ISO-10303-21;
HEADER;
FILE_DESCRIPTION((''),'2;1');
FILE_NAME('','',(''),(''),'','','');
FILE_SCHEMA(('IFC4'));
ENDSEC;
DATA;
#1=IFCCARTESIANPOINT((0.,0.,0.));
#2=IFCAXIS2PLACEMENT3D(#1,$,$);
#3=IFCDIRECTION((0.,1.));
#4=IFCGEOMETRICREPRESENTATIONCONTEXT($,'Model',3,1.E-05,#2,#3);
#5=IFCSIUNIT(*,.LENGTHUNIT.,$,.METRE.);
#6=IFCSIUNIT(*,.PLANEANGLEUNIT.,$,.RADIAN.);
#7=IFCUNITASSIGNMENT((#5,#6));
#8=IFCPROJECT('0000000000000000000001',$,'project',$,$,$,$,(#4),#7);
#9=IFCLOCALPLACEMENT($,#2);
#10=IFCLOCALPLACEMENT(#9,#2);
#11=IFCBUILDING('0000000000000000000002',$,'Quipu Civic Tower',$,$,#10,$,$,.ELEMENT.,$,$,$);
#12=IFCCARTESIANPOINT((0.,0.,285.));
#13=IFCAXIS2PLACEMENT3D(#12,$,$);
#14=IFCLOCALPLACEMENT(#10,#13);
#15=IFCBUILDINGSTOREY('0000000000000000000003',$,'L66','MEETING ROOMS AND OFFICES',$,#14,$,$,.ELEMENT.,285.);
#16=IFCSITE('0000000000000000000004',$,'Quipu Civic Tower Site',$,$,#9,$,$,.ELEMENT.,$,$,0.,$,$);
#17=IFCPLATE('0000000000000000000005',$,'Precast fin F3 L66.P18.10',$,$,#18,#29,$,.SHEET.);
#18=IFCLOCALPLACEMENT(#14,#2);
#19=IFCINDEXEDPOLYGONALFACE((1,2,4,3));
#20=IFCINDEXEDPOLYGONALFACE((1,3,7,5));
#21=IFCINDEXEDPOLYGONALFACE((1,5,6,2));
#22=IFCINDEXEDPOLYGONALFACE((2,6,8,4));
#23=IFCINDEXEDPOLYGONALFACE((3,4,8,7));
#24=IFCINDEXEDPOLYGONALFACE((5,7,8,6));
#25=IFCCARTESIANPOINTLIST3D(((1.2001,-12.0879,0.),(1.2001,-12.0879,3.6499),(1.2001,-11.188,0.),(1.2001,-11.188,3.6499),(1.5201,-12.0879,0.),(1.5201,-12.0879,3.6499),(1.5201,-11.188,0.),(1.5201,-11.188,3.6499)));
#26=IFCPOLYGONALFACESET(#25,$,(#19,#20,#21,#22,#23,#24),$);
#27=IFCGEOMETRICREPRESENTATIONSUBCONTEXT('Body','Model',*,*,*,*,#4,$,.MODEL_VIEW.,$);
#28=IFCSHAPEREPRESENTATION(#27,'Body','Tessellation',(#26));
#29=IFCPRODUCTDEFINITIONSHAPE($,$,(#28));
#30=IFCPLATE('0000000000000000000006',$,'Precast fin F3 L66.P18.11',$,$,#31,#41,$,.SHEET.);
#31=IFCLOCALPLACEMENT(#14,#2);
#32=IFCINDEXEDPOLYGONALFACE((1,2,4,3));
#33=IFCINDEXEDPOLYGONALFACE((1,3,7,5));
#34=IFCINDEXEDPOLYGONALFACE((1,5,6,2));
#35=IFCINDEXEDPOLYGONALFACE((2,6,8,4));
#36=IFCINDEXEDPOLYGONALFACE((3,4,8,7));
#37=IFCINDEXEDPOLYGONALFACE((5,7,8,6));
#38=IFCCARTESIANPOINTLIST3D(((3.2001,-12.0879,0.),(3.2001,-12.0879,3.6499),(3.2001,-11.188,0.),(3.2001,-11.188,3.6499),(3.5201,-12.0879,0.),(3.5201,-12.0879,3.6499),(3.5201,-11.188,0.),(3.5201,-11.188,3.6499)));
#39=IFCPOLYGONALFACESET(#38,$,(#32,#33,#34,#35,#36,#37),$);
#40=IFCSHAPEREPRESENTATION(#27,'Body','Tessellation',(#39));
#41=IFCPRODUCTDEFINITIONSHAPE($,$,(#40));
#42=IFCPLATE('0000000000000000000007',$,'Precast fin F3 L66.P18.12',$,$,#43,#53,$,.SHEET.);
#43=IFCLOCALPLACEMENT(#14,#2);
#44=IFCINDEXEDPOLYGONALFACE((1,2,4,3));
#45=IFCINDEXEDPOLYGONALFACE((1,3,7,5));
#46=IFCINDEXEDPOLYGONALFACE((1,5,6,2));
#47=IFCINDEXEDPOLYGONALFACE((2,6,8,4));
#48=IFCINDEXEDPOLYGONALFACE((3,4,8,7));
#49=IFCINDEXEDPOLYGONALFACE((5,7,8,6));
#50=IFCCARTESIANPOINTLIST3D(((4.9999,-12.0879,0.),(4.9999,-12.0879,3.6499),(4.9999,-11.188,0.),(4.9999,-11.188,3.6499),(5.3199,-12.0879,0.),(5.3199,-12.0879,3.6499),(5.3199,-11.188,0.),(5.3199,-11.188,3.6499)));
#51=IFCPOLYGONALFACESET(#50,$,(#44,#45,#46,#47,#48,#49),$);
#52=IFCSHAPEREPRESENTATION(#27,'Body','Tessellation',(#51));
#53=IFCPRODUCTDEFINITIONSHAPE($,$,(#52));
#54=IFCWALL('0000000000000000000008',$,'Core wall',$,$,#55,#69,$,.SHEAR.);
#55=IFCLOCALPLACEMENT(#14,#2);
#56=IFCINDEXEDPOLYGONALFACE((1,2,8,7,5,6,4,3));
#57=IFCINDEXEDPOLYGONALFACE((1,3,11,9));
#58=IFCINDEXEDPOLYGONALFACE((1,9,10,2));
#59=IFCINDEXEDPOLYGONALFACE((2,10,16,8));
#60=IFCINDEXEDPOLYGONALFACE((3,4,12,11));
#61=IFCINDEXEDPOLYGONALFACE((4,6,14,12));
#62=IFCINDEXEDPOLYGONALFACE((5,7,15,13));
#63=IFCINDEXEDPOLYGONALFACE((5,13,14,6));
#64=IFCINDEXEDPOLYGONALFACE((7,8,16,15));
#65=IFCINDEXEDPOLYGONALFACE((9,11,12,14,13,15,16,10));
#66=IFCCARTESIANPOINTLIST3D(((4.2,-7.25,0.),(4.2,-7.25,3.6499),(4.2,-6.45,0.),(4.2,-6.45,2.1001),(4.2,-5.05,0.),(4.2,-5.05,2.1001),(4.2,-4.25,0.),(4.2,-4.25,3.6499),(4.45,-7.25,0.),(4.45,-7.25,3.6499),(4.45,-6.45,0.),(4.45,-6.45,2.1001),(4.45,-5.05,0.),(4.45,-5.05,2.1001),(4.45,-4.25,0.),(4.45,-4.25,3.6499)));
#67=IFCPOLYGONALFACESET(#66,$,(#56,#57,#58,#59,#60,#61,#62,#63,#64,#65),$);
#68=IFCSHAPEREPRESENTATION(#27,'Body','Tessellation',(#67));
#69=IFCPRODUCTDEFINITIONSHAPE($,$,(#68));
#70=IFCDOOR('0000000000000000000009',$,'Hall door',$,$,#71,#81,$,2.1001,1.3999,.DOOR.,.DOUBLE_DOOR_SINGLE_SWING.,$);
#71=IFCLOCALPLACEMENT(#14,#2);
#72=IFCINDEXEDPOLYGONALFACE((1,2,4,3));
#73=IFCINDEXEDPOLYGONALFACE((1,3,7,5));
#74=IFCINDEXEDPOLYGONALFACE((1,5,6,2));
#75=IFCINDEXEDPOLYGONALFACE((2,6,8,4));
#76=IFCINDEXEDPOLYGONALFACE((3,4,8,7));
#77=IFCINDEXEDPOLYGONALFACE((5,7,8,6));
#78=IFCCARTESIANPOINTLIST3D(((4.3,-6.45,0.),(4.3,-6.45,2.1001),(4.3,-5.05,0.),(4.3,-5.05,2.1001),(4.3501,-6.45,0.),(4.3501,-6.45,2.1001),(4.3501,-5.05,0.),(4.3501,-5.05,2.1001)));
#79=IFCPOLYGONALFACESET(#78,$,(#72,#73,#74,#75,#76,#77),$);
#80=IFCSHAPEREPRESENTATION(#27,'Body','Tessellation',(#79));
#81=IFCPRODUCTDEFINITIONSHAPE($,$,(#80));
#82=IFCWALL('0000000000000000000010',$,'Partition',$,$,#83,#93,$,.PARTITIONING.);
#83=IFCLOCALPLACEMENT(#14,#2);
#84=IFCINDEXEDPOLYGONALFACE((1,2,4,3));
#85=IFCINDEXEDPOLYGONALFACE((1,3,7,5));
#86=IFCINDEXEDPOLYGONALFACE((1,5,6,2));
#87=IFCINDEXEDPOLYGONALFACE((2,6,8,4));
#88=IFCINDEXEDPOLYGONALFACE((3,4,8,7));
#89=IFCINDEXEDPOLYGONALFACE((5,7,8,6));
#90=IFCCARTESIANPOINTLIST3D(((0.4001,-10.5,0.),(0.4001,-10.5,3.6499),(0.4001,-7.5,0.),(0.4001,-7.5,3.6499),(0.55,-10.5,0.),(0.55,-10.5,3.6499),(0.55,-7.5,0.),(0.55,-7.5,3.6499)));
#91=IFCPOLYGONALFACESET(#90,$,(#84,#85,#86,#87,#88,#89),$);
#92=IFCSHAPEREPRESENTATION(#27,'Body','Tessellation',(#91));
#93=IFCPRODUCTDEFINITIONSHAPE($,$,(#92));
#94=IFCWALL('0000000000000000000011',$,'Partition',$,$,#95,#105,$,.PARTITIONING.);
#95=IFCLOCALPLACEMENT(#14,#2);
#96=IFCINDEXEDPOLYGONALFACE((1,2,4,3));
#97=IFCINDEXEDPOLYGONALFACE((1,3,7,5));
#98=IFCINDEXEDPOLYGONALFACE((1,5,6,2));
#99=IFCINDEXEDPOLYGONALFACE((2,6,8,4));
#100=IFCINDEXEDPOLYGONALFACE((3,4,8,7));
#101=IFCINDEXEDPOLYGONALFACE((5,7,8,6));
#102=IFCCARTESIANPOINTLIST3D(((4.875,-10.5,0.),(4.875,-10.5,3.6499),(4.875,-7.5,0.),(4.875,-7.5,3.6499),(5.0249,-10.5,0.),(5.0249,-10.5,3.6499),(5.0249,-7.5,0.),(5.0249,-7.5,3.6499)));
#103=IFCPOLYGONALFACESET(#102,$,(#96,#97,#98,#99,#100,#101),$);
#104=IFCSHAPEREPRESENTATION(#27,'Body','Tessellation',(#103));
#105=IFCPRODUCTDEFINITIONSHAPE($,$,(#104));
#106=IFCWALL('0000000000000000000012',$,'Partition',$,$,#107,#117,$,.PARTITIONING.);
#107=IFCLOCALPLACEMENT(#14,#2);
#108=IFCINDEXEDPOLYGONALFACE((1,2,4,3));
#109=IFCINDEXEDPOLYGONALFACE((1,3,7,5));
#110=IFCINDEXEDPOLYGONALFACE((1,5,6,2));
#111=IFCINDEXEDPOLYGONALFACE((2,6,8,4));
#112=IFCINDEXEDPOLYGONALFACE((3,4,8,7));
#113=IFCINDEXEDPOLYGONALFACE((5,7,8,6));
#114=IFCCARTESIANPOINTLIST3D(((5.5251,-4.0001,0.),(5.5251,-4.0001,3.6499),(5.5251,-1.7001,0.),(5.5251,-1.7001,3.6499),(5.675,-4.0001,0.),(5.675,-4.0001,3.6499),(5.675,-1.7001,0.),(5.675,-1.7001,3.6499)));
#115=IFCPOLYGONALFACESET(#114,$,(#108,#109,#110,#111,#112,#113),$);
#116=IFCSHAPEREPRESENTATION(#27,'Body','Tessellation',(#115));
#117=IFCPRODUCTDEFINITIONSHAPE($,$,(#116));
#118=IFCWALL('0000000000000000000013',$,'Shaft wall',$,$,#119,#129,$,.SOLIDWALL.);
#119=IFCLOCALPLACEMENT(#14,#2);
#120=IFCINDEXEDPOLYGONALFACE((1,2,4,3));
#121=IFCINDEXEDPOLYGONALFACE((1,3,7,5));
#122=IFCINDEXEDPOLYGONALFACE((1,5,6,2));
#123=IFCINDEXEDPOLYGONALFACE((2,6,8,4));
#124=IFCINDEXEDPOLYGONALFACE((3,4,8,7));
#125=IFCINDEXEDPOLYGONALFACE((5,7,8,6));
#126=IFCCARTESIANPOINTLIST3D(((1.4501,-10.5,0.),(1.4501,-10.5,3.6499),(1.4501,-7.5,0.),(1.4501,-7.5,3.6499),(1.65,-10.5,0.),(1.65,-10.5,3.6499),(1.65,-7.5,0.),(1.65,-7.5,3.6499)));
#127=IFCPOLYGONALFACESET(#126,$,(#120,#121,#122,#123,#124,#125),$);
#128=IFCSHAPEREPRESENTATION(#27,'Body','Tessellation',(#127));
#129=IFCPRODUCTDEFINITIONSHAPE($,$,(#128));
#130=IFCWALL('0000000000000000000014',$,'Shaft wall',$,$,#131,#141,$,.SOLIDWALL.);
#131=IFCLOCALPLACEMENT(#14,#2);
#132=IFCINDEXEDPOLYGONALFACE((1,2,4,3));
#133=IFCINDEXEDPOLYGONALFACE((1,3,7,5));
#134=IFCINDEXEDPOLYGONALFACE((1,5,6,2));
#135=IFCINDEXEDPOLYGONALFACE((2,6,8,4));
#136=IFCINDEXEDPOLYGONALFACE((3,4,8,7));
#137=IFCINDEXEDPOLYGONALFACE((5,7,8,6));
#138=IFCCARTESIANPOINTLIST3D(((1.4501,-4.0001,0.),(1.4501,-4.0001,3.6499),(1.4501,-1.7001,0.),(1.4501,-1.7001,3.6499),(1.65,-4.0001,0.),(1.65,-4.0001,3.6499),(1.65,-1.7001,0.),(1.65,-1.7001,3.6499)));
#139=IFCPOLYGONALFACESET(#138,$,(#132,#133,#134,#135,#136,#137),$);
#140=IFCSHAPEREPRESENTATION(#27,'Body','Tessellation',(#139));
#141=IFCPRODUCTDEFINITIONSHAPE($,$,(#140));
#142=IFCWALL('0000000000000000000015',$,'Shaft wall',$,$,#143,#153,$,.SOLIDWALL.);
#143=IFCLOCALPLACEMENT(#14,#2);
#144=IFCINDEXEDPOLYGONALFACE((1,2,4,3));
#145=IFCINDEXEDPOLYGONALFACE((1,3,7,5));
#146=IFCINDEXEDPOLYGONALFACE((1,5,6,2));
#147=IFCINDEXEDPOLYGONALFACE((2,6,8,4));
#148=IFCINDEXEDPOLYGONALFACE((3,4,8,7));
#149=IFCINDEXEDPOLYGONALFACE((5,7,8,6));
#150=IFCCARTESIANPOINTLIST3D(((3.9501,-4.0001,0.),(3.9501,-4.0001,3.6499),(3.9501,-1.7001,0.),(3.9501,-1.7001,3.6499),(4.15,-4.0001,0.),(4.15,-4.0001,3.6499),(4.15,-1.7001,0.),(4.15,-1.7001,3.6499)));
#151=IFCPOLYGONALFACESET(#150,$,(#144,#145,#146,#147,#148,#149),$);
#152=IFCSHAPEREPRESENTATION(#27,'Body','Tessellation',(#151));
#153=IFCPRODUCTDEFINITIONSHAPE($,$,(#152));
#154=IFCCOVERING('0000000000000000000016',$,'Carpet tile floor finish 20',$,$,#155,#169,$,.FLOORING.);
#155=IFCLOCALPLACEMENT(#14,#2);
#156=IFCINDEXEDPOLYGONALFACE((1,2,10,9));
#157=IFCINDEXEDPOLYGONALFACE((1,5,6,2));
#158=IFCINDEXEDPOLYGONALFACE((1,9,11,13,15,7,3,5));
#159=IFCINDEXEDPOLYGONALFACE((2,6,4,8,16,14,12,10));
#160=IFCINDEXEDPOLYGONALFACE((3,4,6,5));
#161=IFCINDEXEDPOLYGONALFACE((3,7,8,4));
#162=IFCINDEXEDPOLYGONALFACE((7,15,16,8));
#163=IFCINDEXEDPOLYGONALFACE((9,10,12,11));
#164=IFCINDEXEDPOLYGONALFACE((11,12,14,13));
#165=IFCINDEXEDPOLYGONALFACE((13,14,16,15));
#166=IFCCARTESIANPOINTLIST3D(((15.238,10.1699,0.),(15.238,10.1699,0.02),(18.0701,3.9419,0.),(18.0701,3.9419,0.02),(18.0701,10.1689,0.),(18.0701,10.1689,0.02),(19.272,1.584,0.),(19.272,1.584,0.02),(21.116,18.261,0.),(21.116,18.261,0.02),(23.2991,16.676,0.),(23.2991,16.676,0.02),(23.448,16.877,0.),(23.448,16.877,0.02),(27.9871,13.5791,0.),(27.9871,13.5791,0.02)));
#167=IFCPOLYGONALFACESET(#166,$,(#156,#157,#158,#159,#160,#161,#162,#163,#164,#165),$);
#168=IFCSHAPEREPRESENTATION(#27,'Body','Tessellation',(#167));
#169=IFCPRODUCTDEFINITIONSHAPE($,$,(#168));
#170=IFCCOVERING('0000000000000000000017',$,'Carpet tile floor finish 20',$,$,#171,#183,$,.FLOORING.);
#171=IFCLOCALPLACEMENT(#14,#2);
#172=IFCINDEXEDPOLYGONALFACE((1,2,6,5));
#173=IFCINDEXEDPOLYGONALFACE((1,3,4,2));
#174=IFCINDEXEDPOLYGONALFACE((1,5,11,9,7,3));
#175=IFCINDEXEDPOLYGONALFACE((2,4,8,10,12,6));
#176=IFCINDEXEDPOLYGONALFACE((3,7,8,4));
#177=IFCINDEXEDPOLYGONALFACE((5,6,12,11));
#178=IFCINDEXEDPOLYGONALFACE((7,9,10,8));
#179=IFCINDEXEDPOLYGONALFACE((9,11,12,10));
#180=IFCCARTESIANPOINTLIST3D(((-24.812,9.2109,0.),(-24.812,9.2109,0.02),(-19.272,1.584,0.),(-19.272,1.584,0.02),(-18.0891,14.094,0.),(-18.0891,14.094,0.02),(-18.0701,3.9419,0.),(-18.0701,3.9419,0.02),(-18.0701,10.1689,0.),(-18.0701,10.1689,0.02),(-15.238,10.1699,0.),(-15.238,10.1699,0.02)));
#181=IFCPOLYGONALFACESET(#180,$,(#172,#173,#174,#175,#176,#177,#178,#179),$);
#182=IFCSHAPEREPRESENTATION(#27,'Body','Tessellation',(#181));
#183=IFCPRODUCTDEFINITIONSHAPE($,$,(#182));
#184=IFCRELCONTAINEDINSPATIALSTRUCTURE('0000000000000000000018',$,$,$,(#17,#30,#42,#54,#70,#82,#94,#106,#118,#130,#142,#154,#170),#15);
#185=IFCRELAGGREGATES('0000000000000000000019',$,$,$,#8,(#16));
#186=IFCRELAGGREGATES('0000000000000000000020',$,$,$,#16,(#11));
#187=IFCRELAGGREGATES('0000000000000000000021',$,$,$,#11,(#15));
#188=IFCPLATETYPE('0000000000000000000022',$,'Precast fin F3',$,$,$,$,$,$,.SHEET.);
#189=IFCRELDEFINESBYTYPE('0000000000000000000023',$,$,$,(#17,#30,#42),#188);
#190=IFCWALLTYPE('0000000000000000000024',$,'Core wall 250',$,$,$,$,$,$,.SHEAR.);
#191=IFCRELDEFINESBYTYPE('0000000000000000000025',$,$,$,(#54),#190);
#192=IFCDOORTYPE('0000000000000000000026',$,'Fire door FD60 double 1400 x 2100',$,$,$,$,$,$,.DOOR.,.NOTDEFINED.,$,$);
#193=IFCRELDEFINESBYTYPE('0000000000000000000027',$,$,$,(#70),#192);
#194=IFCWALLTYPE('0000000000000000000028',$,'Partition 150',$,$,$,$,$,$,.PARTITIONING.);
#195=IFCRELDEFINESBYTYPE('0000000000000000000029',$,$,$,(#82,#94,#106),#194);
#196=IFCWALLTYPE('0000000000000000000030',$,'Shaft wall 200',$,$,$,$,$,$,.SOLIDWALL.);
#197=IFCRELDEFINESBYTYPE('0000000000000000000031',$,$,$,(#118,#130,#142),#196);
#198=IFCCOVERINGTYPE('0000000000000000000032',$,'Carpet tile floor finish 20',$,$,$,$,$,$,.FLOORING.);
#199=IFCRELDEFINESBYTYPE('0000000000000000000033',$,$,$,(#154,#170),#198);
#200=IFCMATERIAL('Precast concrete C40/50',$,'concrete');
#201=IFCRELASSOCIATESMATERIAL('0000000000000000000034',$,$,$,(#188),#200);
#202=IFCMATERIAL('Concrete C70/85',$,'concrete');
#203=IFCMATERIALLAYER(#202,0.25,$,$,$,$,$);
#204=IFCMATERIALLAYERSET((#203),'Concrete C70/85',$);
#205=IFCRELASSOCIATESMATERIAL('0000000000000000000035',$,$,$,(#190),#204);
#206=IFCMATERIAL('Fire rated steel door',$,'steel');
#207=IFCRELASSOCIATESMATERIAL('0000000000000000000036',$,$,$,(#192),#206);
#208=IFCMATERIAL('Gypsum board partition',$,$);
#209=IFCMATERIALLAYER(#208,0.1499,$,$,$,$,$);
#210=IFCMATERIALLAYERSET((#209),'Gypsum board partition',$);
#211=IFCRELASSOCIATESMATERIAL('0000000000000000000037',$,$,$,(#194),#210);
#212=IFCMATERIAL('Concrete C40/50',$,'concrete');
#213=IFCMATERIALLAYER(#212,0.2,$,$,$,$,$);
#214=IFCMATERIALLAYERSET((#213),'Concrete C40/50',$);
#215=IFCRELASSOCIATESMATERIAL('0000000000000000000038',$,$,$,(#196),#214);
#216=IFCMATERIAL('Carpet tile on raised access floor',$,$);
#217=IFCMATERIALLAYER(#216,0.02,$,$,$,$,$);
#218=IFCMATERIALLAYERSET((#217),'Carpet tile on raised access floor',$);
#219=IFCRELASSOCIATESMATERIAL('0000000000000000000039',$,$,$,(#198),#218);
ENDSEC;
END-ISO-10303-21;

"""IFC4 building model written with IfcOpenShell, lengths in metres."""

from ifc_helpers import new_model, si_unit, direction, frame, frame_2d, origin, origin_2d, place, context, subcontext, project, spatial, polyline, rectangle, outline, extrude, material, layer, layer_set, type_object, element, fill, save


model = new_model("IFC4")

# Units and contexts
model_context = context("Model", 3, precision=1e-05, world=origin(), true_north=direction((0.0, 1.0)))
body_context = subcontext(model_context, "Body", "Model", "MODEL_VIEW")
ifc_project = project(units=[si_unit("LENGTHUNIT", "METRE"), si_unit("PLANEANGLEUNIT", "RADIAN")], contexts=[model_context])

# Site, building, storey
site_placement = place(None, origin())
site = spatial("IfcSite", under=ifc_project, at=site_placement, Name="Quipu Civic Tower Site", CompositionType="ELEMENT", RefElevation=0.0)
building_placement = place(site_placement, origin())
building = spatial("IfcBuilding", under=site, at=building_placement, Name="Quipu Civic Tower", CompositionType="ELEMENT")
storey_placement = place(building_placement, frame((0.0, 0.0, 285.0)))
storey = spatial("IfcBuildingStorey", under=building, at=storey_placement, Name="L66", Description="MEETING ROOMS AND OFFICES", CompositionType="ELEMENT", Elevation=285.0)

# Plates
ifc_material_1 = material(Name="Precast concrete C40/50", Category="concrete")
plate_type = type_object("IfcPlateType", Name="Precast fin F3", PredefinedType="SHEET", material=ifc_material_1)
for number, where, z_axis, x_axis, name in (
    (1, (1.3601, -11.6379, 0.0), (0.0, 0.0, 1.0), (1.0, 0.0, 0.0), "Precast fin F3 L66.P18.10"),
    (2, (3.3601, -11.6379, 0.0), (0.0, 0.0, 1.0), (1.0, 0.0, 0.0), "Precast fin F3 L66.P18.11"),
    (3, (5.1599, -11.6379, 0.0), (0.0, 0.0, 1.0), (1.0, 0.0, 0.0), "Precast fin F3 L66.P18.12"),
):
    element("IfcPlate", number, at=place(storey_placement, frame(where, z_axis=z_axis, x_axis=x_axis)), inside=storey, type_object=plate_type, Name=name, PredefinedType="SHEET", context=body_context, shape_type="SweptSolid", body=[
        extrude(rectangle(XDim=0.3201, YDim=0.8999, at=origin_2d()), origin(), (0.0, 0.0, 1.0), 3.6499),
    ])

# Wall, opening, door
ifc_material_2 = material(Name="Concrete C70/85", Category="concrete")
ifc_layer_1 = layer(ifc_material_2, 0.25)
ifc_layer_set_1 = layer_set([ifc_layer_1], Name="Concrete C70/85")
wall_type_1 = type_object("IfcWallType", Name="Core wall 250", PredefinedType="SHEAR", material=ifc_layer_set_1)
wall_1_placement = place(storey_placement, frame((4.325, -7.25, 0.0), z_axis=(0.0, 0.0, 1.0), x_axis=(0.0, 1.0, 0.0)))
wall_1 = element("IfcWall", 4, at=wall_1_placement, inside=storey, type_object=wall_type_1, Name="Core wall", PredefinedType="SHEAR", context=body_context, shape_type="SweptSolid", body=[
    extrude(rectangle(XDim=3.0, YDim=0.25, at=frame_2d((1.5, 0.0))), origin(), (0.0, 0.0, 1.0), 3.6499),
])
opening_placement = place(wall_1_placement, frame((0.8, 0.0, 0.0)))
opening = element("IfcOpeningElement", 5, at=opening_placement, cuts=wall_1, PredefinedType="OPENING", context=body_context, shape_type="SweptSolid", body=[
    extrude(rectangle(XDim=1.3999, YDim=2.1001, at=frame_2d((0.7, 1.05))), frame((0.0, 0.135, 0.0), z_axis=(0.0, -1.0, 0.0), x_axis=(1.0, 0.0, 0.0)), (0.0, 0.0, 1.0), 0.27),
])
ifc_material_3 = material(Name="Fire rated steel door", Category="steel")
door_type = type_object("IfcDoorType", Name="Fire door FD60 double 1400 x 2100", OperationType="NOTDEFINED", PredefinedType="DOOR", material=ifc_material_3)
door_placement = place(opening_placement, origin())
door = element("IfcDoor", 6, at=door_placement, inside=storey, type_object=door_type, Name="Hall door", OperationType="DOUBLE_DOOR_SINGLE_SWING", OverallHeight=2.1001, OverallWidth=1.3999, PredefinedType="DOOR", context=body_context, shape_type="SweptSolid", body=[
    extrude(rectangle(XDim=1.3999, YDim=2.1001, at=frame_2d((0.7, 1.05))), frame((0.0, 0.0249, 0.0), z_axis=(0.0, -1.0, 0.0), x_axis=(1.0, 0.0, 0.0)), (0.0, 0.0, 1.0), 0.05),
])
fill(opening, door)

# Walls
ifc_material_4 = material(Name="Gypsum board partition")
ifc_layer_2 = layer(ifc_material_4, 0.1499)
ifc_layer_set_2 = layer_set([ifc_layer_2], Name="Gypsum board partition")
wall_type_2 = type_object("IfcWallType", Name="Partition 150", PredefinedType="PARTITIONING", material=ifc_layer_set_2)
for number, where, z_axis, x_axis, name in (
    (7, (0.4751, -10.5, 0.0), (0.0, 0.0, 1.0), (0.0, 1.0, 0.0), "Partition"),
    (8, (4.95, -10.5, 0.0), (0.0, 0.0, 1.0), (0.0, 1.0, 0.0), "Partition"),
):
    element("IfcWall", number, at=place(storey_placement, frame(where, z_axis=z_axis, x_axis=x_axis)), inside=storey, type_object=wall_type_2, Name=name, PredefinedType="PARTITIONING", context=body_context, shape_type="SweptSolid", body=[
        extrude(rectangle(XDim=3.0, YDim=0.1499, at=frame_2d((1.5, 0.0))), origin(), (0.0, 0.0, 1.0), 3.6499),
    ])
wall_2_placement = place(storey_placement, frame((5.6001, -4.0, 0.0), z_axis=(0.0, 0.0, 1.0), x_axis=(0.0, 1.0, 0.0)))
element("IfcWall", 9, at=wall_2_placement, inside=storey, type_object=wall_type_2, Name="Partition", PredefinedType="PARTITIONING", context=body_context, shape_type="SweptSolid", body=[
    extrude(rectangle(XDim=2.3, YDim=0.1499, at=frame_2d((1.1499, 0.0))), origin(), (0.0, 0.0, 1.0), 3.6499),
])
ifc_material_5 = material(Name="Concrete C40/50", Category="concrete")
ifc_layer_3 = layer(ifc_material_5, 0.2)
ifc_layer_set_3 = layer_set([ifc_layer_3], Name="Concrete C40/50")
wall_type_3 = type_object("IfcWallType", Name="Shaft wall 200", PredefinedType="SOLIDWALL", material=ifc_layer_set_3)
wall_3_placement = place(storey_placement, frame((1.55, -10.5, 0.0), z_axis=(0.0, 0.0, 1.0), x_axis=(0.0, 1.0, 0.0)))
element("IfcWall", 10, at=wall_3_placement, inside=storey, type_object=wall_type_3, Name="Shaft wall", PredefinedType="SOLIDWALL", context=body_context, shape_type="SweptSolid", body=[
    extrude(rectangle(XDim=3.0, YDim=0.2, at=frame_2d((1.5, 0.0))), origin(), (0.0, 0.0, 1.0), 3.6499),
])
for number, where, z_axis, x_axis, name in (
    (11, (1.55, -4.0, 0.0), (0.0, 0.0, 1.0), (0.0, 1.0, 0.0), "Shaft wall"),
    (12, (4.05, -4.0, 0.0), (0.0, 0.0, 1.0), (0.0, 1.0, 0.0), "Shaft wall"),
):
    element("IfcWall", number, at=place(storey_placement, frame(where, z_axis=z_axis, x_axis=x_axis)), inside=storey, type_object=wall_type_3, Name=name, PredefinedType="SOLIDWALL", context=body_context, shape_type="SweptSolid", body=[
        extrude(rectangle(XDim=2.3, YDim=0.2, at=frame_2d((1.1499, 0.0))), origin(), (0.0, 0.0, 1.0), 3.6499),
    ])

# Coverings
ifc_material_6 = material(Name="Carpet tile on raised access floor")
ifc_layer_4 = layer(ifc_material_6, 0.02)
ifc_layer_set_4 = layer_set([ifc_layer_4], Name="Carpet tile on raised access floor")
covering_type_1 = type_object("IfcCoveringType", Name="Carpet tile floor finish 20", PredefinedType="FLOORING", material=ifc_layer_set_4)
covering_1_placement = place(storey_placement, origin())
element("IfcCovering", 13, at=covering_1_placement, inside=storey, type_object=covering_type_1, Name="Carpet tile floor finish 20", PredefinedType="FLOORING", context=body_context, shape_type="SweptSolid", body=[
    extrude(outline(polyline([(15.238, 10.1699), (21.116, 18.261), (23.2991, 16.676), (23.448, 16.877), (27.9871, 13.5791), (19.272, 1.584), (18.0701, 3.9419), (18.0701, 10.1689), (15.238, 10.1699)])), origin(), (0.0, 0.0, 1.0), 0.02),
])
covering_2_placement = place(storey_placement, origin())
element("IfcCovering", 14, at=covering_2_placement, inside=storey, type_object=covering_type_1, Name="Carpet tile floor finish 20", PredefinedType="FLOORING", context=body_context, shape_type="SweptSolid", body=[
    extrude(outline(polyline([(-24.812, 9.2109), (-18.0891, 14.094), (-15.238, 10.1699), (-18.0701, 10.1689), (-18.0701, 3.9419), (-19.272, 1.584), (-24.812, 9.2109)])), origin(), (0.0, 0.0, 1.0), 0.02),
])

save(model, "model.ifc")
